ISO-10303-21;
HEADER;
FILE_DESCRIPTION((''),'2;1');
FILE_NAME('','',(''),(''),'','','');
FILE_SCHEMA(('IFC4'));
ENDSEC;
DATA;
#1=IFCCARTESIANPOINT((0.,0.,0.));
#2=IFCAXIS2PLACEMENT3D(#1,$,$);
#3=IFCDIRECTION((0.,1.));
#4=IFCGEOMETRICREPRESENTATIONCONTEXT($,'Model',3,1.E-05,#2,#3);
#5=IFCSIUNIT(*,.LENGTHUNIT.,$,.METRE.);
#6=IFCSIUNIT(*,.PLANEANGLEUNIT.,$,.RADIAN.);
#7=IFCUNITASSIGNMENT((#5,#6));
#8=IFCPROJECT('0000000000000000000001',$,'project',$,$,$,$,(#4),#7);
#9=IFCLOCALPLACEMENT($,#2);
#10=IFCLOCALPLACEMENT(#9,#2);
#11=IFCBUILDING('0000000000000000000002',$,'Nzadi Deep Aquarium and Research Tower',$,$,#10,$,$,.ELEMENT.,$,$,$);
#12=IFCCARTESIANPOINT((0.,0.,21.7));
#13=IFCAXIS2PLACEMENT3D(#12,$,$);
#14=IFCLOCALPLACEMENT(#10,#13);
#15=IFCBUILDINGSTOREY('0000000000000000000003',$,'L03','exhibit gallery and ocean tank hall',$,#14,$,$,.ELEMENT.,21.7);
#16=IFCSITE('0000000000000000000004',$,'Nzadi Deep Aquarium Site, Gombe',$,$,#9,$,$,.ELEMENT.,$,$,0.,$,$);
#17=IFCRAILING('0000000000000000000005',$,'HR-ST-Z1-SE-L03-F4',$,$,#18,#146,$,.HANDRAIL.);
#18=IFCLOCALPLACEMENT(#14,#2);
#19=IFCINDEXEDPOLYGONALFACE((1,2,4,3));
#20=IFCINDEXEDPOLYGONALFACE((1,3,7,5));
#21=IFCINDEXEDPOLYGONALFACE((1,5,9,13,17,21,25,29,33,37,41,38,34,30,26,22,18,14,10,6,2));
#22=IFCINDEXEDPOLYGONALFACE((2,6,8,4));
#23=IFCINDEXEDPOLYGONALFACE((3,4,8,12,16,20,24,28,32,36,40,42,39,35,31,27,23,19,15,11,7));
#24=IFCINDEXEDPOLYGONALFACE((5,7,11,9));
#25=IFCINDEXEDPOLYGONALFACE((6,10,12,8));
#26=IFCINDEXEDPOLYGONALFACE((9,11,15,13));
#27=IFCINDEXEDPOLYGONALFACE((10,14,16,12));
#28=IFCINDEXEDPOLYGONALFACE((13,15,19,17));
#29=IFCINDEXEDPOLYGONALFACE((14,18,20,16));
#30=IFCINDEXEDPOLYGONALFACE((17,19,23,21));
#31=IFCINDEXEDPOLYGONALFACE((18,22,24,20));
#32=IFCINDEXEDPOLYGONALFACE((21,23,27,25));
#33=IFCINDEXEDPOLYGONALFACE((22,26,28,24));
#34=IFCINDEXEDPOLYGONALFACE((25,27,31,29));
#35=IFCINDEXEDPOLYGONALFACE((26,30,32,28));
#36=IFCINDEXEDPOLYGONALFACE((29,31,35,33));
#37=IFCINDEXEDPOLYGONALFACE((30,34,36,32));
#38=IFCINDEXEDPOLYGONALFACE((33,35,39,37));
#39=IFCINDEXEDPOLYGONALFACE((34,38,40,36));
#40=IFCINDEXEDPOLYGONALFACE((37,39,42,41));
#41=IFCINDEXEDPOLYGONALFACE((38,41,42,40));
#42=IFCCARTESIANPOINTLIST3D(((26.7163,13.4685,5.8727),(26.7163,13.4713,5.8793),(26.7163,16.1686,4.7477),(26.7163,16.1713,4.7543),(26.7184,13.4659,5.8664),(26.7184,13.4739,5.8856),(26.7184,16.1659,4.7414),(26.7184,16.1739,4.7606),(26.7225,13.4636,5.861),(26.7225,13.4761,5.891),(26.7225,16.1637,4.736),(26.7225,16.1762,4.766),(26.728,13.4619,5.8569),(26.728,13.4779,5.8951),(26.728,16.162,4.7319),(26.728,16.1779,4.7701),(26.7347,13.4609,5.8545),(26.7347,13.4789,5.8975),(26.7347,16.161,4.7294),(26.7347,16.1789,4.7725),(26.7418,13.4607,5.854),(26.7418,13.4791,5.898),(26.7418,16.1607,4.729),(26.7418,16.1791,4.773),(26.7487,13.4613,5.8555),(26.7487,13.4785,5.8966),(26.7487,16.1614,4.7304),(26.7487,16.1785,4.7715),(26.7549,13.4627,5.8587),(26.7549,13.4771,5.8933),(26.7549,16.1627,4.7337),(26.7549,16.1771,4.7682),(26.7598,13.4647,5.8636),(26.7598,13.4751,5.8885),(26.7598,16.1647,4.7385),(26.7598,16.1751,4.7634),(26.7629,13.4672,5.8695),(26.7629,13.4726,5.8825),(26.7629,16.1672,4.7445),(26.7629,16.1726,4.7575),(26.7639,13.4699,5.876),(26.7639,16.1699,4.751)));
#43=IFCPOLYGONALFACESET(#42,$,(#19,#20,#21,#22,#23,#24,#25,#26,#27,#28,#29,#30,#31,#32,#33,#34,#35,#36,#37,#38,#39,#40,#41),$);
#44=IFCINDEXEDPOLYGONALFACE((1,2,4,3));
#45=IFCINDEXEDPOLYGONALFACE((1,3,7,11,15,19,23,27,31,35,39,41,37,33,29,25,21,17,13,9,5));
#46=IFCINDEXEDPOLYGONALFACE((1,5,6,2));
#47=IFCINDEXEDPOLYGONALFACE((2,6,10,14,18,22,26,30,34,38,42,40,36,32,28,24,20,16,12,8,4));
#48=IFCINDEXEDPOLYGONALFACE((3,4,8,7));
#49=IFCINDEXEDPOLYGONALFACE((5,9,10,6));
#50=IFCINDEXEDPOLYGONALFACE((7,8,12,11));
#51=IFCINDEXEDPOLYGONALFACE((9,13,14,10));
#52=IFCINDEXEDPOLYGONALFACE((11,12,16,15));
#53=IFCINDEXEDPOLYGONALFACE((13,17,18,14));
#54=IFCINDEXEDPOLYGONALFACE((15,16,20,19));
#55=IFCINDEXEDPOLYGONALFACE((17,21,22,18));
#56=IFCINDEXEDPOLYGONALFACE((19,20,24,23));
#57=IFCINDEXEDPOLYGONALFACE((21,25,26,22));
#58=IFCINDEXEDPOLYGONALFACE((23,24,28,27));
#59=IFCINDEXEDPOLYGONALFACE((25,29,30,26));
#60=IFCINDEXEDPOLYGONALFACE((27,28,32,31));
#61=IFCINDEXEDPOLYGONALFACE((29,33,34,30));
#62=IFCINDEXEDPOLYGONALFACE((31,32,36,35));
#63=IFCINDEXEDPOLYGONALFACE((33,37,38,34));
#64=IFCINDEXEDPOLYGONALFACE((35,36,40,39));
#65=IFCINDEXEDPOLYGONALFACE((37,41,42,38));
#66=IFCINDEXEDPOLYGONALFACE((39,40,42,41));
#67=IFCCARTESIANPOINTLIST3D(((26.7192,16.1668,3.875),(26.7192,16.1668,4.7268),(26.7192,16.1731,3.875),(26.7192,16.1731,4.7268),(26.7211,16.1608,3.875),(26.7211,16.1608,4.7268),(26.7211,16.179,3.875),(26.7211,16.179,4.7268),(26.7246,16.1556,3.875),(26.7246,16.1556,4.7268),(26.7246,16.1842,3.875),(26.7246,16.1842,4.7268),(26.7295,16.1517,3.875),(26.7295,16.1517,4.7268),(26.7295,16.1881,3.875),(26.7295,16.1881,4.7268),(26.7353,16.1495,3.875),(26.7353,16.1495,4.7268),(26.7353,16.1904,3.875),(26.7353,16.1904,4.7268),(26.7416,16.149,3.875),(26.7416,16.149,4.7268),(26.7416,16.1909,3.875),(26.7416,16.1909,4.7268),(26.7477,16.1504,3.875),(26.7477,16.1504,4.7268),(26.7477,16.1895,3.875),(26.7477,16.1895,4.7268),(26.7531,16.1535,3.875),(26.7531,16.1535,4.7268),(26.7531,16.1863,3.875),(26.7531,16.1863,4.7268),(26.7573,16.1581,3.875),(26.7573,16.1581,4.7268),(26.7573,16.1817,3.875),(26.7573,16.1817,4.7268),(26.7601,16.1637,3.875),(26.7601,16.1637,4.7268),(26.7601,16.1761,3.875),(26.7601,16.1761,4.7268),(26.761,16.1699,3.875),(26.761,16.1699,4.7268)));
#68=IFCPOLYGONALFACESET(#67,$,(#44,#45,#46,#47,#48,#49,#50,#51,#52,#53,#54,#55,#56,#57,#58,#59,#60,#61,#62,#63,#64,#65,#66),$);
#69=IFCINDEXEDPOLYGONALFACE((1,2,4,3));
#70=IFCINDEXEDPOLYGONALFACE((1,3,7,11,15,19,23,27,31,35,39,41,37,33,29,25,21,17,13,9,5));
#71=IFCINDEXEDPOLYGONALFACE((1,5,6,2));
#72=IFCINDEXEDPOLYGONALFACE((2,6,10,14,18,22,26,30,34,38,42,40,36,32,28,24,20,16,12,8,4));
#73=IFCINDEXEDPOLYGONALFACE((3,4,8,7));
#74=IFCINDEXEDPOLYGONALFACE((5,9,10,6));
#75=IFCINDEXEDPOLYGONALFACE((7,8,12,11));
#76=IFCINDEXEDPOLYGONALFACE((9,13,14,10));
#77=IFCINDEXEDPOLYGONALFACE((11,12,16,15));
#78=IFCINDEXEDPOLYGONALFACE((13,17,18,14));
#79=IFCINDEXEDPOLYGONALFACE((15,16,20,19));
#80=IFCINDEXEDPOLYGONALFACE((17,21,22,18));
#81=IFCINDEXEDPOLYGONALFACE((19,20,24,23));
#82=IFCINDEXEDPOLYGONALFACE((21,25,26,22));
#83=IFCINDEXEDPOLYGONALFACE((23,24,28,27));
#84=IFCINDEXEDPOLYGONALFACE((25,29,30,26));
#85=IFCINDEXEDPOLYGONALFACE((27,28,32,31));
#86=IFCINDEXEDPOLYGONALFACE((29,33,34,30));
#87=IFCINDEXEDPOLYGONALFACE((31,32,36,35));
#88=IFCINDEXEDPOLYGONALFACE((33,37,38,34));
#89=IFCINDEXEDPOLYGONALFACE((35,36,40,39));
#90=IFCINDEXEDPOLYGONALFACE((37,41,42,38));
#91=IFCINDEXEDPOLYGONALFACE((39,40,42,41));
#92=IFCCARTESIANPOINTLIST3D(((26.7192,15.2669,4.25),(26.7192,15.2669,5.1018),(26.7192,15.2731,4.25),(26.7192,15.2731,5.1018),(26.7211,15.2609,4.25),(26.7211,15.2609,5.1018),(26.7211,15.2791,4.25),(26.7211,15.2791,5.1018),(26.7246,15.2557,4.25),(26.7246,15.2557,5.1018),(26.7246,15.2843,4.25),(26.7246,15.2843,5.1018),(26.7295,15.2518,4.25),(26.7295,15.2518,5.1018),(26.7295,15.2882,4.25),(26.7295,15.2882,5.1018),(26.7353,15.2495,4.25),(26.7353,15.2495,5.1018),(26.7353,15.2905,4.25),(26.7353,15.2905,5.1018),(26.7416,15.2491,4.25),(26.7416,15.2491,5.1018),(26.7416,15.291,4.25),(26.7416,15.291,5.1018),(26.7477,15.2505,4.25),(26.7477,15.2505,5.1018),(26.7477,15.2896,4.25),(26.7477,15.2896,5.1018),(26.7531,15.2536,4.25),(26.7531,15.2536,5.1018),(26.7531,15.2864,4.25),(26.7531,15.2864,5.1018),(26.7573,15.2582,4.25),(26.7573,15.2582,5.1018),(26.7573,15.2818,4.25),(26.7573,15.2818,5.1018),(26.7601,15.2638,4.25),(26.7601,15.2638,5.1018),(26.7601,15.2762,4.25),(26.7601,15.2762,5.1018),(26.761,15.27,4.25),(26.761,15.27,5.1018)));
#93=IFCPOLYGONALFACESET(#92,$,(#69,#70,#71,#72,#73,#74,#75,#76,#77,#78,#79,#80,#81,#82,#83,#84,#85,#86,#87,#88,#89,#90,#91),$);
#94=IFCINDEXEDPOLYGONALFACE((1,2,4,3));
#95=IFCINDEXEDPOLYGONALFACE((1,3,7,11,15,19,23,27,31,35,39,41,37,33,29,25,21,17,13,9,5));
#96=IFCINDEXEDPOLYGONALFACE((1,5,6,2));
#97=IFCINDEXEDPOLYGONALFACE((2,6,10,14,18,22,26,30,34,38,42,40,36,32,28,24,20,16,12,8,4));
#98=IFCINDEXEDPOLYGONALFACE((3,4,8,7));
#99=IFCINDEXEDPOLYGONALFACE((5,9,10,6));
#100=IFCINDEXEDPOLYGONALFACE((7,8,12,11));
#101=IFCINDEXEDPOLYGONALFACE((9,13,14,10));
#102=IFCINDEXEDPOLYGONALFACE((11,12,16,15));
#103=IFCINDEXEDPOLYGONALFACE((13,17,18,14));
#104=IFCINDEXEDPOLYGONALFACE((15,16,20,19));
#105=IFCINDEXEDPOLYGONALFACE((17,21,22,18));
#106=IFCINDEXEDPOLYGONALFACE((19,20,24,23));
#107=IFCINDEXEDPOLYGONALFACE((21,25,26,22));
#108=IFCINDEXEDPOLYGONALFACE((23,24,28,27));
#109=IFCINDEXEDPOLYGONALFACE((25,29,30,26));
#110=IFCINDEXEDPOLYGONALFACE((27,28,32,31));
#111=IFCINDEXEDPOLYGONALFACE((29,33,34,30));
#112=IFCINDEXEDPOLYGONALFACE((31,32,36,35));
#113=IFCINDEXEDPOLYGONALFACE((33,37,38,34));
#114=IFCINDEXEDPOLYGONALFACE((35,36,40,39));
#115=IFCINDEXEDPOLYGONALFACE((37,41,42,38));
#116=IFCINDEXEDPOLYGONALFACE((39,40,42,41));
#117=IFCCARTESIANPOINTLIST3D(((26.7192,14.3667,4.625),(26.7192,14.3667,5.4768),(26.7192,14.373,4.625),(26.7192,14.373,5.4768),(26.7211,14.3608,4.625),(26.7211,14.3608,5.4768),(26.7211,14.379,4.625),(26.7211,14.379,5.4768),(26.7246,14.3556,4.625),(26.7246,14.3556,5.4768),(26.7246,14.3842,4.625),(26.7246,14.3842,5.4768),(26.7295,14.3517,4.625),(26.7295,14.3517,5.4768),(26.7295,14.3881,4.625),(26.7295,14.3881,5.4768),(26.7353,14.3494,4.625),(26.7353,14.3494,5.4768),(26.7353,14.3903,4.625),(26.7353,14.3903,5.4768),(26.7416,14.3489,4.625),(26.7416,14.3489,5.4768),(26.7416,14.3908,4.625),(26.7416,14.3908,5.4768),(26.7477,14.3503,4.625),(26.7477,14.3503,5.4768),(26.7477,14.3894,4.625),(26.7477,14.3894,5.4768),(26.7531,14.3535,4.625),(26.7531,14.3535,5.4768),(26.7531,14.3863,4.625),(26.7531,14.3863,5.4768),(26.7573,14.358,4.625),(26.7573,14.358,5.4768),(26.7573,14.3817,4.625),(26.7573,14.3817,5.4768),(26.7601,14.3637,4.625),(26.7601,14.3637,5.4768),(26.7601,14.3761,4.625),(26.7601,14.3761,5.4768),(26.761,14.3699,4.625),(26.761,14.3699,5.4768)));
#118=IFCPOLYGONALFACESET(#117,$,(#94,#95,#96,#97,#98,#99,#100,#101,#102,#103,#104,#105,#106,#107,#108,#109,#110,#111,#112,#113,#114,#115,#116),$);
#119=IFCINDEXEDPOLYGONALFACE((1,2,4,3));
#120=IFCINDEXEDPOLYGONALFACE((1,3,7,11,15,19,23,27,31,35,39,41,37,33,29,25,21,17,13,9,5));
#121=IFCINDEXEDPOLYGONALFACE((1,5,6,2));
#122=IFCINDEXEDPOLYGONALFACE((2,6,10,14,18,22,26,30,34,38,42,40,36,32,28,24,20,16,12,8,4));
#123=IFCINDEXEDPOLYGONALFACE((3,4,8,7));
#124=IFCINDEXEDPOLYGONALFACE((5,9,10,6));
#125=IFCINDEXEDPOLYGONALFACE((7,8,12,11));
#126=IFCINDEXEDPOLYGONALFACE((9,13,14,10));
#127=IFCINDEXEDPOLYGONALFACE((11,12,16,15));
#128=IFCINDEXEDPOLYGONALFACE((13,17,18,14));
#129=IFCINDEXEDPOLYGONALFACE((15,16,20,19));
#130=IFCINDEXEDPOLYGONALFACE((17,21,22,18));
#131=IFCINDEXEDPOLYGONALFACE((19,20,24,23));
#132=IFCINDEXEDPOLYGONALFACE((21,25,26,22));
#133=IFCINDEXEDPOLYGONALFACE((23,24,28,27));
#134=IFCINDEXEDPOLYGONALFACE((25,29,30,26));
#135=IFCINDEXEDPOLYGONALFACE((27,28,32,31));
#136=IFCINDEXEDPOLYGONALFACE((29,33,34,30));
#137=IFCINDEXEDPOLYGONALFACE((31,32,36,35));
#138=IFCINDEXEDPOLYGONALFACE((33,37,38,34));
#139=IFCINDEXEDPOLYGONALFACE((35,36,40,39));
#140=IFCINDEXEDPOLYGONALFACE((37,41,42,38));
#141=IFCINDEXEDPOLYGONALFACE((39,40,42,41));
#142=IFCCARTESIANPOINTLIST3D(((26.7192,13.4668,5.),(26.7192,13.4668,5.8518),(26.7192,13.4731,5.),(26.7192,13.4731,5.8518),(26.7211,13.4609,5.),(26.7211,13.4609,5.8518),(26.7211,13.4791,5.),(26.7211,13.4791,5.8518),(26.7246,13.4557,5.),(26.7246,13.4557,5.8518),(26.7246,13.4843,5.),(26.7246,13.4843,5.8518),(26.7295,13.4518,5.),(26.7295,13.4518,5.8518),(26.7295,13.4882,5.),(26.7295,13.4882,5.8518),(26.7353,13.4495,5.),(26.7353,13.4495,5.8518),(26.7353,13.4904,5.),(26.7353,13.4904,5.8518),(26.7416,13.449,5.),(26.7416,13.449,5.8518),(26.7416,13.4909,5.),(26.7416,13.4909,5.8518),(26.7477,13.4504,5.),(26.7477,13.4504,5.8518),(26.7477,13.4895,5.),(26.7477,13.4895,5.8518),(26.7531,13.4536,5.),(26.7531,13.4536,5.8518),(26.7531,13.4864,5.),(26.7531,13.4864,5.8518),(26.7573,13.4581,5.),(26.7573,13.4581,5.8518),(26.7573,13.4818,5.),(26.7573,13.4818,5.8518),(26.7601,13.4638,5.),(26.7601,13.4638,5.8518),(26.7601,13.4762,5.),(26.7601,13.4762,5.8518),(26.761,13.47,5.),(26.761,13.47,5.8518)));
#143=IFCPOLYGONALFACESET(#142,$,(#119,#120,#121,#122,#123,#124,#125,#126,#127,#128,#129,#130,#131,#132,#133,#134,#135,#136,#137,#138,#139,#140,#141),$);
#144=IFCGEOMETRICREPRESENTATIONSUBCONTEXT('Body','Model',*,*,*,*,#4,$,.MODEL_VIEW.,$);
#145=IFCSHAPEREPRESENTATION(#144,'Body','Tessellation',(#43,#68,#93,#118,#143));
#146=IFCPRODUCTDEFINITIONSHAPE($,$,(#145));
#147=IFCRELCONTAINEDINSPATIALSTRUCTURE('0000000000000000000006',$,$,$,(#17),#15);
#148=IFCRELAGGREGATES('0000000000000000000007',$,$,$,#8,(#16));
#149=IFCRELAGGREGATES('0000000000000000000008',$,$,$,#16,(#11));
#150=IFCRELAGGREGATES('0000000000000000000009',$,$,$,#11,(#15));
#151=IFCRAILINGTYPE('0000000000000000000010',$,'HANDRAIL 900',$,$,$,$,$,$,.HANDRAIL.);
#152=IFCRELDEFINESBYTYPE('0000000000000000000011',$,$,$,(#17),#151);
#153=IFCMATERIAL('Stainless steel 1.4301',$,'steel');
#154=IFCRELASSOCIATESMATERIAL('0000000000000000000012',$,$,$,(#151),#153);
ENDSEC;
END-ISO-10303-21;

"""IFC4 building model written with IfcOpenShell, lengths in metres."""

from ifc_helpers import new_model, si_unit, direction, frame, origin, origin_2d, place, context, subcontext, project, spatial, circle, extrude, material, type_object, element, save


model = new_model("IFC4")

# Units and contexts
model_context = context("Model", 3, precision=1e-05, world=origin(), true_north=direction((0.0, 1.0)))
body_context = subcontext(model_context, "Body", "Model", "MODEL_VIEW")
ifc_project = project(units=[si_unit("LENGTHUNIT", "METRE"), si_unit("PLANEANGLEUNIT", "RADIAN")], contexts=[model_context])

# Site, building, storey
site_placement = place(None, origin())
site = spatial("IfcSite", under=ifc_project, at=site_placement, Name="Nzadi Deep Aquarium Site, Gombe", CompositionType="ELEMENT", RefElevation=0.0)
building_placement = place(site_placement, origin())
building = spatial("IfcBuilding", under=site, at=building_placement, Name="Nzadi Deep Aquarium and Research Tower", CompositionType="ELEMENT")
storey_placement = place(building_placement, frame((0.0, 0.0, 21.7)))
storey = spatial("IfcBuildingStorey", under=building, at=storey_placement, Name="L03", Description="exhibit gallery and ocean tank hall", CompositionType="ELEMENT", Elevation=21.7)

# Railing
ifc_material_1 = material(Name="Stainless steel 1.4301", Category="steel")
railing_type = type_object("IfcRailingType", Name="HANDRAIL 900", PredefinedType="HANDRAIL", material=ifc_material_1)
for number, where, name in (
    (1, (26.74, 16.1699, 3.875), "HR-ST-Z1-SE-L03-F4"),
):
    element("IfcRailing", number, at=place(storey_placement, frame(where)), inside=storey, type_object=railing_type, Name=name, PredefinedType="HANDRAIL", context=body_context, shape_type="SweptSolid", body=[
        extrude(circle(Radius=0.0239, at=origin_2d()), frame((0.0, 0.0, 0.876), z_axis=(0.0, -0.923074, 0.384621), x_axis=(1.0, 0.0, 0.0)), (0.0, 0.0, 1.0), 2.925),
        extrude(circle(Radius=0.021, at=origin_2d()), origin(), (0.0, 0.0, 1.0), 0.8518),
        extrude(circle(Radius=0.021, at=origin_2d()), frame((0.0, -0.8999, 0.375)), (0.0, 0.0, 1.0), 0.8518),
        extrude(circle(Radius=0.021, at=origin_2d()), frame((0.0, -1.8, 0.75)), (0.0, 0.0, 1.0), 0.8518),
        extrude(circle(Radius=0.021, at=origin_2d()), frame((0.0, -2.7, 1.125)), (0.0, 0.0, 1.0), 0.8518),
    ])

save(model, "model.ifc")
